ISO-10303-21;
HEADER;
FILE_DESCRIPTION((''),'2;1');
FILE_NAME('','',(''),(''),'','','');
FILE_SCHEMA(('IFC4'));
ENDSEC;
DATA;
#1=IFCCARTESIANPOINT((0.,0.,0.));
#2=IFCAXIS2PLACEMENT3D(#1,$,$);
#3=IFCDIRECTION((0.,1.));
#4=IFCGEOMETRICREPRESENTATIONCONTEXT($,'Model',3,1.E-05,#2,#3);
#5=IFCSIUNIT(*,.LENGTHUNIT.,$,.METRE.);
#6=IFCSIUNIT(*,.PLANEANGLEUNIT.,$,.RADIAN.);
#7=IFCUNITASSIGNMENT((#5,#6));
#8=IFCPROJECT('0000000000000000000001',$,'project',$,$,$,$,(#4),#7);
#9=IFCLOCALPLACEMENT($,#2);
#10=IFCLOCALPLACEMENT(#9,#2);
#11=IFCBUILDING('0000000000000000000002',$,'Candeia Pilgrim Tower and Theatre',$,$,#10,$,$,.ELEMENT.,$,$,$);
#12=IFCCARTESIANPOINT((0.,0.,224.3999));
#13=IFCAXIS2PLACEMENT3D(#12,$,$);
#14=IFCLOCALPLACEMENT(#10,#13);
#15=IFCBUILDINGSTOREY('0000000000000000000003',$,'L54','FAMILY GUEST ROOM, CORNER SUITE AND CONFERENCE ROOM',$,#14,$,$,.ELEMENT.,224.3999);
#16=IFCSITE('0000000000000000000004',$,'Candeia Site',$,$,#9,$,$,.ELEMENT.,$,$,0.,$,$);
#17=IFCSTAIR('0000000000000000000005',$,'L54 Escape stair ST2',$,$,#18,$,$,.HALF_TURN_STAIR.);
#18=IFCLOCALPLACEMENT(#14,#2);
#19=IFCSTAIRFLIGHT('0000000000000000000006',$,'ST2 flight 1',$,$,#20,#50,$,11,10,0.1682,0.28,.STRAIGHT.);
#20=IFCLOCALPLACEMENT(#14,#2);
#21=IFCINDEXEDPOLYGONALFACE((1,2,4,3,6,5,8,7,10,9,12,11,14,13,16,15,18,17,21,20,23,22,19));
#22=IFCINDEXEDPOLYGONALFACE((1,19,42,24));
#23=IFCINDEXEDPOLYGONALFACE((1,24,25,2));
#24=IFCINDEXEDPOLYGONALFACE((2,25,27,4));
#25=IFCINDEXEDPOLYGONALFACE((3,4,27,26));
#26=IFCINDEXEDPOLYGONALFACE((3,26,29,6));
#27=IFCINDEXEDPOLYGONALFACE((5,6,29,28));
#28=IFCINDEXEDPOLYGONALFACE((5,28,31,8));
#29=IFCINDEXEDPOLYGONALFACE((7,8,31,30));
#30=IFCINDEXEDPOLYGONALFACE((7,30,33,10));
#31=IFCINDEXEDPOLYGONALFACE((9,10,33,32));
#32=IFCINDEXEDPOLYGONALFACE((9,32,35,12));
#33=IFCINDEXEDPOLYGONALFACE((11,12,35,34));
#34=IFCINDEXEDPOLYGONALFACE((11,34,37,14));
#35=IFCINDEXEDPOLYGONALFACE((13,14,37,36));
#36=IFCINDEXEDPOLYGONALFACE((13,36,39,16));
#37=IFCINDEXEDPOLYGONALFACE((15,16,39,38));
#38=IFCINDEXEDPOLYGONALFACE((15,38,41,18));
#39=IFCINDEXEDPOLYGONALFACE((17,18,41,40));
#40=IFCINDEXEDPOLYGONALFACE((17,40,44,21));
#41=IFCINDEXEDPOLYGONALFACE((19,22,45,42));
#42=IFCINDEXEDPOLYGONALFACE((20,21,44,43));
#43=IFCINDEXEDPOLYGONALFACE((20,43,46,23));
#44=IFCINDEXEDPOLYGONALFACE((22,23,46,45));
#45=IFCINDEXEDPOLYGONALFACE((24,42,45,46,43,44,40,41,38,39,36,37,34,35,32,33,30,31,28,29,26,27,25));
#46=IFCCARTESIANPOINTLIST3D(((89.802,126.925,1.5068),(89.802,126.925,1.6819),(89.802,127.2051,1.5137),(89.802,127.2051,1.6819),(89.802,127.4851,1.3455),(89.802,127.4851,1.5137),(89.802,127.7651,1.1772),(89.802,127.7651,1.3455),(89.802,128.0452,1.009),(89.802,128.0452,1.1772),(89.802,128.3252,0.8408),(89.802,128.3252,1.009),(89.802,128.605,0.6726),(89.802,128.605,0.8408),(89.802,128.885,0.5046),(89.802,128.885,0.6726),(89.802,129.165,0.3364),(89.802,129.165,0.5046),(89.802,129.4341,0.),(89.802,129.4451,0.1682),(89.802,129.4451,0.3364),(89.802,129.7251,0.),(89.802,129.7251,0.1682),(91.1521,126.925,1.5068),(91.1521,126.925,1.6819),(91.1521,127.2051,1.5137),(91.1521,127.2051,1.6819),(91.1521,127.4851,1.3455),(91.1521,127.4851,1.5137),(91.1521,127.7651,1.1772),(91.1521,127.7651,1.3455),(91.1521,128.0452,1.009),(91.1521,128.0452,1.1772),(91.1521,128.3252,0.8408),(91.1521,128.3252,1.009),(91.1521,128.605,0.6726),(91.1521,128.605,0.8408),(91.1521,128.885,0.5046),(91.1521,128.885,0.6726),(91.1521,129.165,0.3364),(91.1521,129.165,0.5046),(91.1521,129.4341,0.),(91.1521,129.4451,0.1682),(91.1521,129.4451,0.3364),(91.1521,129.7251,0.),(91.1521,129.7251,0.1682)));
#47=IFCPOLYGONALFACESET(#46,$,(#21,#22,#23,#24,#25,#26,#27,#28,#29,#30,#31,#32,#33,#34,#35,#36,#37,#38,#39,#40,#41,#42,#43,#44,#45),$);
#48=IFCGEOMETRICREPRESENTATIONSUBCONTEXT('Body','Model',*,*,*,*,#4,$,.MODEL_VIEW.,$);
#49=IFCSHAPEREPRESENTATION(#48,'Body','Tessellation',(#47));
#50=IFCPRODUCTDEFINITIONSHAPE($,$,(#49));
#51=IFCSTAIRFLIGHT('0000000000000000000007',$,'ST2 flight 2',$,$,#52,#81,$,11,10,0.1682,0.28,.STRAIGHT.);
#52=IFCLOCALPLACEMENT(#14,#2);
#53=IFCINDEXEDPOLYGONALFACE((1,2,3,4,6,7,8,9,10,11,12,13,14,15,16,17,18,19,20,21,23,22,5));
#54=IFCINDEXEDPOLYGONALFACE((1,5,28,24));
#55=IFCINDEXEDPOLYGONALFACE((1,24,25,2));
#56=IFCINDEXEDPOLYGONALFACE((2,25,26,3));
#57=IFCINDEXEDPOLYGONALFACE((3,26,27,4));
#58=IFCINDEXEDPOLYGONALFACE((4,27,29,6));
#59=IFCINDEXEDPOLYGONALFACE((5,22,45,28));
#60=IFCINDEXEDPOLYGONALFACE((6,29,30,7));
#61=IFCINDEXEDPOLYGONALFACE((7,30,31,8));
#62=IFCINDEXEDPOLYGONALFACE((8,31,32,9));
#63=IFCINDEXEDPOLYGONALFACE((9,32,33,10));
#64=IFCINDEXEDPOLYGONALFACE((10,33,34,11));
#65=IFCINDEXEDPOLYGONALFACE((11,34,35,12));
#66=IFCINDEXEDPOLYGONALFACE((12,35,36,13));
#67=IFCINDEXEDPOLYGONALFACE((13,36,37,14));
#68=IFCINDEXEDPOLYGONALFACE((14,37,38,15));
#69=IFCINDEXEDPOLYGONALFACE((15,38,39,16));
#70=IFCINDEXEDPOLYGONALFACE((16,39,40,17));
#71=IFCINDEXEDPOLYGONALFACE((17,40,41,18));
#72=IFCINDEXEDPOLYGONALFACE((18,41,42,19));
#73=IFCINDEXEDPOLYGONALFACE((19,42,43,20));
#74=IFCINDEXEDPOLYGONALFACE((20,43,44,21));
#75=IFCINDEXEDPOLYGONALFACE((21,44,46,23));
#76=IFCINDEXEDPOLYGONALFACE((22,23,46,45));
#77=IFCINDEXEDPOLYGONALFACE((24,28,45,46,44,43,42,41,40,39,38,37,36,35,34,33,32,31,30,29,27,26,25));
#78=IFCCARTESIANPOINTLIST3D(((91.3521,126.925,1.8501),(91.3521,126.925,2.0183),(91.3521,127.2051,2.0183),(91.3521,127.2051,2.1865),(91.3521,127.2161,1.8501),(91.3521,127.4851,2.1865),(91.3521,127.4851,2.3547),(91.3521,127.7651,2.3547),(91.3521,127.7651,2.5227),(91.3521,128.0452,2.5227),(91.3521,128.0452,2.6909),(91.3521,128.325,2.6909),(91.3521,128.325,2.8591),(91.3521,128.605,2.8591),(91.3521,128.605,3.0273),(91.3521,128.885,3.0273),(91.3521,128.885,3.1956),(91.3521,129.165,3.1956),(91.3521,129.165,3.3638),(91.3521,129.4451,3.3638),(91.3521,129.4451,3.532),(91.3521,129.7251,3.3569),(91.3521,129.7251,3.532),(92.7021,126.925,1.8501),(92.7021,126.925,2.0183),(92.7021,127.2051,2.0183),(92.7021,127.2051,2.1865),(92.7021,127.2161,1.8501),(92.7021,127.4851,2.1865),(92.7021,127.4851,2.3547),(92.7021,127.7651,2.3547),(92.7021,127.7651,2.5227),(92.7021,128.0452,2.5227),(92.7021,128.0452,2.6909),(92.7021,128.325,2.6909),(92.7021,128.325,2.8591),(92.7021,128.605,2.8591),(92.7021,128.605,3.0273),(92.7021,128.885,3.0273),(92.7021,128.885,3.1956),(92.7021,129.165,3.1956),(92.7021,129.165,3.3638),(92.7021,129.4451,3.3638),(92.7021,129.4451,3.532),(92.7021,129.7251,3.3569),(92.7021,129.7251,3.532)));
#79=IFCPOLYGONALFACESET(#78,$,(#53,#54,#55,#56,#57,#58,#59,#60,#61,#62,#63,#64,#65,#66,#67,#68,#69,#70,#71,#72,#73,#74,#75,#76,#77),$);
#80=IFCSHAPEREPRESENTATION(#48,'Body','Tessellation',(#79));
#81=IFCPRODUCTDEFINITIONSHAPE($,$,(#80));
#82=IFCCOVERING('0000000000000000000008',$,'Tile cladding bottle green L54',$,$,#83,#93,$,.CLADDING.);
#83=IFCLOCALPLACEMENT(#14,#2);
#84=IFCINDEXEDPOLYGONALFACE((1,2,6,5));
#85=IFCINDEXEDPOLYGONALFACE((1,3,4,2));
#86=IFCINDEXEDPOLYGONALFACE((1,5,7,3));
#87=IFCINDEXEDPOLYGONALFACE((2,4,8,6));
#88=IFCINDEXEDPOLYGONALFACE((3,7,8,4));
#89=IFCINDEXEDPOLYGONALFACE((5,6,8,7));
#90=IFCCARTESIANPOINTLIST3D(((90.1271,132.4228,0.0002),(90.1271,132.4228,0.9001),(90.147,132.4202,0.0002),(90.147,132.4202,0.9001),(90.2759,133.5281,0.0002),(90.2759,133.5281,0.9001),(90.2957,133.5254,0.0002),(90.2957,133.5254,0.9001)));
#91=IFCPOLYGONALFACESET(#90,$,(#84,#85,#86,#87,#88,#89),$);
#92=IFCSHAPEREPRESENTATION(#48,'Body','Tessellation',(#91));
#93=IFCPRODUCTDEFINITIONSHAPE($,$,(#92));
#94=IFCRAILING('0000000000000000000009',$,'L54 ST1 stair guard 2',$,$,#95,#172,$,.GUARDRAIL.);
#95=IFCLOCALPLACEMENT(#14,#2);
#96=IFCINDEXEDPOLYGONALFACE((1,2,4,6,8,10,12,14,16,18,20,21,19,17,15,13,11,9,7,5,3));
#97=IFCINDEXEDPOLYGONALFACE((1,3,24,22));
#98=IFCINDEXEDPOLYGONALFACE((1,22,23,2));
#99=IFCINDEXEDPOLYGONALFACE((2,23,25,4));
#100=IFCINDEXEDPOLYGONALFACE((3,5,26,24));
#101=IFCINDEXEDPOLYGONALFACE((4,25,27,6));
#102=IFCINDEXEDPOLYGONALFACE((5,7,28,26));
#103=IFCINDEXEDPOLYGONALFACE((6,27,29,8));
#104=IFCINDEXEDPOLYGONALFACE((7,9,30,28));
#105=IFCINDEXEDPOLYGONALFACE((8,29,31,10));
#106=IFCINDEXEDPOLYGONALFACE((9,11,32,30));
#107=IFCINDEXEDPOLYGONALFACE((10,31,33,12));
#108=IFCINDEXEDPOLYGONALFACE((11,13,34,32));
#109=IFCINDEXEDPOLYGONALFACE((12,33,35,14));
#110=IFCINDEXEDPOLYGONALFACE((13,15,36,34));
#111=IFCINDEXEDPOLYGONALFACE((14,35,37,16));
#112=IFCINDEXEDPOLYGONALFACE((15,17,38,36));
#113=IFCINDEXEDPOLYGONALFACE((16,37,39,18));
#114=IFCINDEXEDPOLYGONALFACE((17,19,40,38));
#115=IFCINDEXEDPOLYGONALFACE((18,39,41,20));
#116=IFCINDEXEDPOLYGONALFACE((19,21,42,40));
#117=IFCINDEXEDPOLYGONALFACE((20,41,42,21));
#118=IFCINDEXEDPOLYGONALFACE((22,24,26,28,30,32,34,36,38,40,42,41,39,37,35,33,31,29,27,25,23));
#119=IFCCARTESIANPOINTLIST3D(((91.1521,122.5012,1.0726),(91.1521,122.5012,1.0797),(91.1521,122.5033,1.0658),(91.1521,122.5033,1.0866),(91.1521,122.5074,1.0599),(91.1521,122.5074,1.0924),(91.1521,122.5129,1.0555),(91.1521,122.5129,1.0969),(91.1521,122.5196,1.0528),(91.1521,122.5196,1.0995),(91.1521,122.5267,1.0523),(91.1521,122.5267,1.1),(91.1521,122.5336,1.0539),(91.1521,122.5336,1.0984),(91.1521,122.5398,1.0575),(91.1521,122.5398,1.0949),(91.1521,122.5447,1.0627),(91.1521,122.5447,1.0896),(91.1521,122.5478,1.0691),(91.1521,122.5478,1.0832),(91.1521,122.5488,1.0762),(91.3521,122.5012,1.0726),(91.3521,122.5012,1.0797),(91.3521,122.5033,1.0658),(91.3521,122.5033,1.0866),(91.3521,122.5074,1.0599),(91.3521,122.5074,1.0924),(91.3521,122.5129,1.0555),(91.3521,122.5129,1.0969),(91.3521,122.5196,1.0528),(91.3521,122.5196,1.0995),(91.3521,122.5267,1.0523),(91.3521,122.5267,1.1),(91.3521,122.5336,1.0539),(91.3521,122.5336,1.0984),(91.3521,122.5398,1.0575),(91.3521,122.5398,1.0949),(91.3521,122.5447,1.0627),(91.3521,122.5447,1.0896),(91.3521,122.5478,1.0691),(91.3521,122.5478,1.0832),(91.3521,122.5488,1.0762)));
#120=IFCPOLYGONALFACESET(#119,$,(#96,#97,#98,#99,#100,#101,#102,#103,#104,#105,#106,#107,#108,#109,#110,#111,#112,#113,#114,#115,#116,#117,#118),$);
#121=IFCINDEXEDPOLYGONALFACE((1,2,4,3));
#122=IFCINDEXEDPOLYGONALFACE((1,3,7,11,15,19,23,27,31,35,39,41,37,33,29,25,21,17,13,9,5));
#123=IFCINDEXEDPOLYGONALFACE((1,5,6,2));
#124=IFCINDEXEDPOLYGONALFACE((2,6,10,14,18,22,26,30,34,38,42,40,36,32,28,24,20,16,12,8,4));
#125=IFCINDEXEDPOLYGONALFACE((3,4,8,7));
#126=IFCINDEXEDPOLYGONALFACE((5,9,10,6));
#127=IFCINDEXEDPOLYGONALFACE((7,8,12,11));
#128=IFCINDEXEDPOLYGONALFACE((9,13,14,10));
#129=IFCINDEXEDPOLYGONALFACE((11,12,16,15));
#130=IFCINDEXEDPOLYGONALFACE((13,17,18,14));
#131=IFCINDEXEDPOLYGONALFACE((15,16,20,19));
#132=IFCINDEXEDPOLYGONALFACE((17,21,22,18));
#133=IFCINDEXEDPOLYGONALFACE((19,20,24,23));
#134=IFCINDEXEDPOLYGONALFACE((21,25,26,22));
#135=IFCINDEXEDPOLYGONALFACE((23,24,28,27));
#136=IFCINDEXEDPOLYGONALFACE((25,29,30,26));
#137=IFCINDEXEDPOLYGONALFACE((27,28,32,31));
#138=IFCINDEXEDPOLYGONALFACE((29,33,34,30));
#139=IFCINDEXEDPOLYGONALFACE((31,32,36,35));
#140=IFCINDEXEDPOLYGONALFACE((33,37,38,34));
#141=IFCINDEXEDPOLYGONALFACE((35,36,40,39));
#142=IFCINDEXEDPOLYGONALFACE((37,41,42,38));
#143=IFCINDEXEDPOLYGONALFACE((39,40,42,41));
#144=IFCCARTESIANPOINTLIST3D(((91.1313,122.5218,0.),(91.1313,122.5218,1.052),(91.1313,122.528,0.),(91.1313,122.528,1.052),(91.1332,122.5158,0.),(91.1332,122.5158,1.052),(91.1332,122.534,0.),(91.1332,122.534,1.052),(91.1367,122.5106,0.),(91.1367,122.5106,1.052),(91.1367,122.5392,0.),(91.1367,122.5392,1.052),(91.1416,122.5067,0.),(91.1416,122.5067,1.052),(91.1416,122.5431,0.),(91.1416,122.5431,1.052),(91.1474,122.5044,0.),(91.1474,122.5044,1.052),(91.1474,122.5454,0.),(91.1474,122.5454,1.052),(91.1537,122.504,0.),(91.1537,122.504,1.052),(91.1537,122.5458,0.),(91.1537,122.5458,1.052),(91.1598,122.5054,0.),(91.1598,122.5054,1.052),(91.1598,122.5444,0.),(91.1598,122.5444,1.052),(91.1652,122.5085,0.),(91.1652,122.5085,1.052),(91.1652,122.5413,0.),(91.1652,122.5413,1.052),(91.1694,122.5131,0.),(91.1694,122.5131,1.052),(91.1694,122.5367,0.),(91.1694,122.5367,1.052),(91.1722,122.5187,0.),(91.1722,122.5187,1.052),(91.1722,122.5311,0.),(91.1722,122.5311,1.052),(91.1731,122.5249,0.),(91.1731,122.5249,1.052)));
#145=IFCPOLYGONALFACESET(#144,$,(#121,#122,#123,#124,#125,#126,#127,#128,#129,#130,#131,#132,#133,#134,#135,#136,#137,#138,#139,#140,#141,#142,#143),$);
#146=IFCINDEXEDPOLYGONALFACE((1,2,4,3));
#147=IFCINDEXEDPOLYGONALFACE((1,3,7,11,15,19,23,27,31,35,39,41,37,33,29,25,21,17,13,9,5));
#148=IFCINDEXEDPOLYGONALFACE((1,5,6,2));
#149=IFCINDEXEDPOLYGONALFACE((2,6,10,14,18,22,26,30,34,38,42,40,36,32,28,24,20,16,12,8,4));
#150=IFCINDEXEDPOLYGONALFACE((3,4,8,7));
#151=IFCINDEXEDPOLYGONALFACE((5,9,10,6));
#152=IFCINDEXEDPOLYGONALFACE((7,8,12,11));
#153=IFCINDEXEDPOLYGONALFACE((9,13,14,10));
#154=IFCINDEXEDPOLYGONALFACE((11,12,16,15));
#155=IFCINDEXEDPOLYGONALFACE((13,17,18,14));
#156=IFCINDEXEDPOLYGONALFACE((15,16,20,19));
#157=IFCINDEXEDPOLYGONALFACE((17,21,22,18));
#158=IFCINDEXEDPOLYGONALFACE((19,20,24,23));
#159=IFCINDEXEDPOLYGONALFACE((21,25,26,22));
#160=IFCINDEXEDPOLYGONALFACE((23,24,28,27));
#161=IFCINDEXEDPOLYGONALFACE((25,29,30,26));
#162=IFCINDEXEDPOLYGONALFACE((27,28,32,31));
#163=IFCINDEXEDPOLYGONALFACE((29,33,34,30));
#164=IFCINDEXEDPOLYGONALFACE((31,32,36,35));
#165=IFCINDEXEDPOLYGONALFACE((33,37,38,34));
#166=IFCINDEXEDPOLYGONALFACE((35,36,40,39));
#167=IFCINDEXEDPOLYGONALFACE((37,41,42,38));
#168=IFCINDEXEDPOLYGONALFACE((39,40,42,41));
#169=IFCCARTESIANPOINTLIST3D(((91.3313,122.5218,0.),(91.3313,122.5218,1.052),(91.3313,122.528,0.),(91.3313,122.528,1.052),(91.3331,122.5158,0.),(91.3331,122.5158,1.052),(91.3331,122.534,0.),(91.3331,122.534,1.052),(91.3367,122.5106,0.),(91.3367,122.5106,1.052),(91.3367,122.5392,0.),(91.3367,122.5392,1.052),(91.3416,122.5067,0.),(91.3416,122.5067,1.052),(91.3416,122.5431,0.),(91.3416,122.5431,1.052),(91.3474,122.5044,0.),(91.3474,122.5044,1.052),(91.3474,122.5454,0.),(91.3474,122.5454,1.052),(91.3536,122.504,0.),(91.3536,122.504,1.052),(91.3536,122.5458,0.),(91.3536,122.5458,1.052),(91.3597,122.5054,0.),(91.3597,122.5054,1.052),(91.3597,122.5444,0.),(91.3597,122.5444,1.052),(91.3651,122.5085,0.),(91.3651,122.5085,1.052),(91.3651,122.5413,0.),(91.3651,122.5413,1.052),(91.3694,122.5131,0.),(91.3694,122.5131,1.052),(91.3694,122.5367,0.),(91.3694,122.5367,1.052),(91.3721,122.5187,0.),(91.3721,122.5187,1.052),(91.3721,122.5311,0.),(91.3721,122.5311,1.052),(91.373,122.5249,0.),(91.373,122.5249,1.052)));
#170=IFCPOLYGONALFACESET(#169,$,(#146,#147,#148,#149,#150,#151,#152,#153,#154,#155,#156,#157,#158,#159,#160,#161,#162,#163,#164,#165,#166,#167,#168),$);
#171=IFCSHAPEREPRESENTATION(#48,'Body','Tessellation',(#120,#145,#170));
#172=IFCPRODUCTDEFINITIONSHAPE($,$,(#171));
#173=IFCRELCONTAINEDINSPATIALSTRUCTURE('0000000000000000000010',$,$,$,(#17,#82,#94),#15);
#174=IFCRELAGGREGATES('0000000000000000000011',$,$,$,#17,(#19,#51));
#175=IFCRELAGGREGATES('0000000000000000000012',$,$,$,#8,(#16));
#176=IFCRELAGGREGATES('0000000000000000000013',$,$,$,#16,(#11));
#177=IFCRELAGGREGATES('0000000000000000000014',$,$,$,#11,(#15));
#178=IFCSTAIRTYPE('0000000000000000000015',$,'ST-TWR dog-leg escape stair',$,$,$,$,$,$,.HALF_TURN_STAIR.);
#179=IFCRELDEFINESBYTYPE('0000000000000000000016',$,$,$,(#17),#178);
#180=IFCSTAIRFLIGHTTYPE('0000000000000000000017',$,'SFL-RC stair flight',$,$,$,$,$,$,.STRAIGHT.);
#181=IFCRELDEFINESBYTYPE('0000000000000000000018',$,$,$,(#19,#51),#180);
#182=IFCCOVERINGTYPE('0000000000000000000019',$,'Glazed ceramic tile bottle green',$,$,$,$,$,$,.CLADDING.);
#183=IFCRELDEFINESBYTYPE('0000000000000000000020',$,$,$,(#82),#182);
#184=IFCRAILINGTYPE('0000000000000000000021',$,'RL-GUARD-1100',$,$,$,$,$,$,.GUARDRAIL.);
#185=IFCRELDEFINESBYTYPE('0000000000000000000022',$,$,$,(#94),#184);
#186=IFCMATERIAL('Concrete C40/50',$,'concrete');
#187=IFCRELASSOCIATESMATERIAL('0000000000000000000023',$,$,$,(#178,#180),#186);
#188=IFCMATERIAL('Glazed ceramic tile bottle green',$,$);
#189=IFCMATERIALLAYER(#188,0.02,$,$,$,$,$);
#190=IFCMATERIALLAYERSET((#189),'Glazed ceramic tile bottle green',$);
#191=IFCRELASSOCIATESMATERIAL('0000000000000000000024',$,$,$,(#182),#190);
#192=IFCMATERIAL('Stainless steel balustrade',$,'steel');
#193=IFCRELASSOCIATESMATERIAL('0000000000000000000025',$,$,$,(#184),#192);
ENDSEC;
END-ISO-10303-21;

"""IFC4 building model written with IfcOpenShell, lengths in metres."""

from ifc_helpers import new_model, si_unit, direction, frame, origin, origin_2d, place, context, subcontext, project, spatial, polyline, rectangle, circle, outline, extrude, material, layer, layer_set, type_object, element, aggregate, save


model = new_model("IFC4")

# Units and contexts
model_context = context("Model", 3, precision=1e-05, world=origin(), true_north=direction((0.0, 1.0)))
body_context = subcontext(model_context, "Body", "Model", "MODEL_VIEW")
ifc_project = project(units=[si_unit("LENGTHUNIT", "METRE"), si_unit("PLANEANGLEUNIT", "RADIAN")], contexts=[model_context])

# Site, building, storey
site_placement = place(None, origin())
site = spatial("IfcSite", under=ifc_project, at=site_placement, Name="Candeia Site", CompositionType="ELEMENT", RefElevation=0.0)
building_placement = place(site_placement, origin())
building = spatial("IfcBuilding", under=site, at=building_placement, Name="Candeia Pilgrim Tower and Theatre", CompositionType="ELEMENT")
storey_placement = place(building_placement, frame((0.0, 0.0, 224.3999)))
storey = spatial("IfcBuildingStorey", under=building, at=storey_placement, Name="L54", Description="FAMILY GUEST ROOM, CORNER SUITE AND CONFERENCE ROOM", CompositionType="ELEMENT", Elevation=224.3999)

# Shared definitions
ifc_material_1 = material(Name="Concrete C40/50", Category="concrete")

# Stair, stair flights
stair_type = type_object("IfcStairType", Name="ST-TWR dog-leg escape stair", PredefinedType="HALF_TURN_STAIR", material=ifc_material_1)
stair_flight_type = type_object("IfcStairFlightType", Name="SFL-RC stair flight", PredefinedType="STRAIGHT", material=ifc_material_1)
stair_1_placement = place(storey_placement, origin())
stair_1 = element("IfcStair", 1, at=stair_1_placement, inside=storey, type_object=stair_type, Name="L54 Escape stair ST2", PredefinedType="HALF_TURN_STAIR")
stair_flight_1_placement = place(storey_placement, frame((90.4771, 129.7251, 0.0), z_axis=(0.0, 0.0, 1.0), x_axis=(0.0, -1.0, 0.0)))
stair_flight_1 = element("IfcStairFlight", 2, at=stair_flight_1_placement, type_object=stair_flight_type, Name="ST2 flight 1", NumberOfRisers=11, NumberOfTreads=10, PredefinedType="STRAIGHT", RiserHeight=0.1682, TreadLength=0.28, context=body_context, shape_type="SweptSolid", body=[
    extrude(outline(polyline([(0.0, 0.0), (0.0, 0.1682), (0.28, 0.1682), (0.28, 0.3364), (0.5601, 0.3364), (0.5601, 0.5046), (0.8401, 0.5046), (0.8401, 0.6726), (1.1201, 0.6726), (1.1201, 0.8408), (1.3999, 0.8408), (1.3999, 1.009), (1.6799, 1.009), (1.6799, 1.1772), (1.96, 1.1772), (1.96, 1.3455), (2.24, 1.3455), (2.24, 1.5137), (2.52, 1.5137), (2.52, 1.6819), (2.8, 1.6819), (2.8, 1.8501), (2.8, 1.5068), (0.291, 0.0), (0.0, 0.0)])), frame((0.0, 0.675, 0.0), z_axis=(0.0, -1.0, 0.0), x_axis=(1.0, 0.0, 0.0)), (0.0, 0.0, 1.0), 1.3501),
])
stair_flight_2_placement = place(storey_placement, frame((92.0271, 126.925, 1.8501), z_axis=(0.0, 0.0, 1.0), x_axis=(0.0, 1.0, 0.0)))
stair_flight_2 = element("IfcStairFlight", 3, at=stair_flight_2_placement, type_object=stair_flight_type, Name="ST2 flight 2", NumberOfRisers=11, NumberOfTreads=10, PredefinedType="STRAIGHT", RiserHeight=0.1682, TreadLength=0.28, context=body_context, shape_type="SweptSolid", body=[
    extrude(outline(polyline([(0.0, 0.0), (0.0, 0.1682), (0.28, 0.1682), (0.28, 0.3364), (0.5601, 0.3364), (0.5601, 0.5046), (0.8401, 0.5046), (0.8401, 0.6726), (1.1201, 0.6726), (1.1201, 0.8408), (1.3999, 0.8408), (1.3999, 1.009), (1.6799, 1.009), (1.6799, 1.1772), (1.96, 1.1772), (1.96, 1.3455), (2.24, 1.3455), (2.24, 1.5137), (2.52, 1.5137), (2.52, 1.6819), (2.8, 1.6819), (2.8, 1.8501), (2.8, 1.5068), (0.291, 0.0), (0.0, 0.0)])), frame((0.0, 0.675, 0.0), z_axis=(0.0, -1.0, 0.0), x_axis=(1.0, 0.0, 0.0)), (0.0, 0.0, 1.0), 1.3501),
])
aggregate(stair_1, [stair_flight_1, stair_flight_2])

# Shared definitions
ifc_material_2 = material(Name="Stainless steel balustrade", Category="steel")

# Covering
ifc_material_3 = material(Name="Glazed ceramic tile bottle green")
ifc_layer_1 = layer(ifc_material_3, 0.02)
ifc_layer_set_1 = layer_set([ifc_layer_1], Name="Glazed ceramic tile bottle green")
covering_type = type_object("IfcCoveringType", Name="Glazed ceramic tile bottle green", PredefinedType="CLADDING", material=ifc_layer_set_1)
covering_placement = place(storey_placement, frame((90.2114, 132.9741, 0.0002), z_axis=(0.0, 0.0, 1.0), x_axis=(-0.133412, -0.991061, 0.0)))
element("IfcCovering", 4, at=covering_placement, inside=storey, type_object=covering_type, Name="Tile cladding bottle green L54", PredefinedType="CLADDING", context=body_context, shape_type="SweptSolid", body=[
    extrude(rectangle(XDim=1.1152, YDim=0.02, at=origin_2d()), origin(), (0.0, 0.0, 1.0), 0.8999),
])

# Railing
railing_type_1 = type_object("IfcRailingType", Name="RL-GUARD-1100", PredefinedType="GUARDRAIL", material=ifc_material_2)
railing_1_placement = place(storey_placement, frame((91.1521, 122.5249, 0.0)))
element("IfcRailing", 5, at=railing_1_placement, inside=storey, type_object=railing_type_1, Name="L54 ST1 stair guard 2", PredefinedType="GUARDRAIL", context=body_context, shape_type="SweptSolid", body=[
    extrude(circle(Radius=0.0239, at=origin_2d()), frame((0.0, 0.0, 1.0762), z_axis=(1.0, 0.0, 0.0), x_axis=(0.0, 1.0, 0.0)), (0.0, 0.0, 1.0), 0.2),
    extrude(circle(Radius=0.021, at=origin_2d()), origin(), (0.0, 0.0, 1.0), 1.052),
    extrude(circle(Radius=0.021, at=origin_2d()), frame((0.2, 0.0, 0.0)), (0.0, 0.0, 1.0), 1.052),
])

save(model, "model.ifc")
